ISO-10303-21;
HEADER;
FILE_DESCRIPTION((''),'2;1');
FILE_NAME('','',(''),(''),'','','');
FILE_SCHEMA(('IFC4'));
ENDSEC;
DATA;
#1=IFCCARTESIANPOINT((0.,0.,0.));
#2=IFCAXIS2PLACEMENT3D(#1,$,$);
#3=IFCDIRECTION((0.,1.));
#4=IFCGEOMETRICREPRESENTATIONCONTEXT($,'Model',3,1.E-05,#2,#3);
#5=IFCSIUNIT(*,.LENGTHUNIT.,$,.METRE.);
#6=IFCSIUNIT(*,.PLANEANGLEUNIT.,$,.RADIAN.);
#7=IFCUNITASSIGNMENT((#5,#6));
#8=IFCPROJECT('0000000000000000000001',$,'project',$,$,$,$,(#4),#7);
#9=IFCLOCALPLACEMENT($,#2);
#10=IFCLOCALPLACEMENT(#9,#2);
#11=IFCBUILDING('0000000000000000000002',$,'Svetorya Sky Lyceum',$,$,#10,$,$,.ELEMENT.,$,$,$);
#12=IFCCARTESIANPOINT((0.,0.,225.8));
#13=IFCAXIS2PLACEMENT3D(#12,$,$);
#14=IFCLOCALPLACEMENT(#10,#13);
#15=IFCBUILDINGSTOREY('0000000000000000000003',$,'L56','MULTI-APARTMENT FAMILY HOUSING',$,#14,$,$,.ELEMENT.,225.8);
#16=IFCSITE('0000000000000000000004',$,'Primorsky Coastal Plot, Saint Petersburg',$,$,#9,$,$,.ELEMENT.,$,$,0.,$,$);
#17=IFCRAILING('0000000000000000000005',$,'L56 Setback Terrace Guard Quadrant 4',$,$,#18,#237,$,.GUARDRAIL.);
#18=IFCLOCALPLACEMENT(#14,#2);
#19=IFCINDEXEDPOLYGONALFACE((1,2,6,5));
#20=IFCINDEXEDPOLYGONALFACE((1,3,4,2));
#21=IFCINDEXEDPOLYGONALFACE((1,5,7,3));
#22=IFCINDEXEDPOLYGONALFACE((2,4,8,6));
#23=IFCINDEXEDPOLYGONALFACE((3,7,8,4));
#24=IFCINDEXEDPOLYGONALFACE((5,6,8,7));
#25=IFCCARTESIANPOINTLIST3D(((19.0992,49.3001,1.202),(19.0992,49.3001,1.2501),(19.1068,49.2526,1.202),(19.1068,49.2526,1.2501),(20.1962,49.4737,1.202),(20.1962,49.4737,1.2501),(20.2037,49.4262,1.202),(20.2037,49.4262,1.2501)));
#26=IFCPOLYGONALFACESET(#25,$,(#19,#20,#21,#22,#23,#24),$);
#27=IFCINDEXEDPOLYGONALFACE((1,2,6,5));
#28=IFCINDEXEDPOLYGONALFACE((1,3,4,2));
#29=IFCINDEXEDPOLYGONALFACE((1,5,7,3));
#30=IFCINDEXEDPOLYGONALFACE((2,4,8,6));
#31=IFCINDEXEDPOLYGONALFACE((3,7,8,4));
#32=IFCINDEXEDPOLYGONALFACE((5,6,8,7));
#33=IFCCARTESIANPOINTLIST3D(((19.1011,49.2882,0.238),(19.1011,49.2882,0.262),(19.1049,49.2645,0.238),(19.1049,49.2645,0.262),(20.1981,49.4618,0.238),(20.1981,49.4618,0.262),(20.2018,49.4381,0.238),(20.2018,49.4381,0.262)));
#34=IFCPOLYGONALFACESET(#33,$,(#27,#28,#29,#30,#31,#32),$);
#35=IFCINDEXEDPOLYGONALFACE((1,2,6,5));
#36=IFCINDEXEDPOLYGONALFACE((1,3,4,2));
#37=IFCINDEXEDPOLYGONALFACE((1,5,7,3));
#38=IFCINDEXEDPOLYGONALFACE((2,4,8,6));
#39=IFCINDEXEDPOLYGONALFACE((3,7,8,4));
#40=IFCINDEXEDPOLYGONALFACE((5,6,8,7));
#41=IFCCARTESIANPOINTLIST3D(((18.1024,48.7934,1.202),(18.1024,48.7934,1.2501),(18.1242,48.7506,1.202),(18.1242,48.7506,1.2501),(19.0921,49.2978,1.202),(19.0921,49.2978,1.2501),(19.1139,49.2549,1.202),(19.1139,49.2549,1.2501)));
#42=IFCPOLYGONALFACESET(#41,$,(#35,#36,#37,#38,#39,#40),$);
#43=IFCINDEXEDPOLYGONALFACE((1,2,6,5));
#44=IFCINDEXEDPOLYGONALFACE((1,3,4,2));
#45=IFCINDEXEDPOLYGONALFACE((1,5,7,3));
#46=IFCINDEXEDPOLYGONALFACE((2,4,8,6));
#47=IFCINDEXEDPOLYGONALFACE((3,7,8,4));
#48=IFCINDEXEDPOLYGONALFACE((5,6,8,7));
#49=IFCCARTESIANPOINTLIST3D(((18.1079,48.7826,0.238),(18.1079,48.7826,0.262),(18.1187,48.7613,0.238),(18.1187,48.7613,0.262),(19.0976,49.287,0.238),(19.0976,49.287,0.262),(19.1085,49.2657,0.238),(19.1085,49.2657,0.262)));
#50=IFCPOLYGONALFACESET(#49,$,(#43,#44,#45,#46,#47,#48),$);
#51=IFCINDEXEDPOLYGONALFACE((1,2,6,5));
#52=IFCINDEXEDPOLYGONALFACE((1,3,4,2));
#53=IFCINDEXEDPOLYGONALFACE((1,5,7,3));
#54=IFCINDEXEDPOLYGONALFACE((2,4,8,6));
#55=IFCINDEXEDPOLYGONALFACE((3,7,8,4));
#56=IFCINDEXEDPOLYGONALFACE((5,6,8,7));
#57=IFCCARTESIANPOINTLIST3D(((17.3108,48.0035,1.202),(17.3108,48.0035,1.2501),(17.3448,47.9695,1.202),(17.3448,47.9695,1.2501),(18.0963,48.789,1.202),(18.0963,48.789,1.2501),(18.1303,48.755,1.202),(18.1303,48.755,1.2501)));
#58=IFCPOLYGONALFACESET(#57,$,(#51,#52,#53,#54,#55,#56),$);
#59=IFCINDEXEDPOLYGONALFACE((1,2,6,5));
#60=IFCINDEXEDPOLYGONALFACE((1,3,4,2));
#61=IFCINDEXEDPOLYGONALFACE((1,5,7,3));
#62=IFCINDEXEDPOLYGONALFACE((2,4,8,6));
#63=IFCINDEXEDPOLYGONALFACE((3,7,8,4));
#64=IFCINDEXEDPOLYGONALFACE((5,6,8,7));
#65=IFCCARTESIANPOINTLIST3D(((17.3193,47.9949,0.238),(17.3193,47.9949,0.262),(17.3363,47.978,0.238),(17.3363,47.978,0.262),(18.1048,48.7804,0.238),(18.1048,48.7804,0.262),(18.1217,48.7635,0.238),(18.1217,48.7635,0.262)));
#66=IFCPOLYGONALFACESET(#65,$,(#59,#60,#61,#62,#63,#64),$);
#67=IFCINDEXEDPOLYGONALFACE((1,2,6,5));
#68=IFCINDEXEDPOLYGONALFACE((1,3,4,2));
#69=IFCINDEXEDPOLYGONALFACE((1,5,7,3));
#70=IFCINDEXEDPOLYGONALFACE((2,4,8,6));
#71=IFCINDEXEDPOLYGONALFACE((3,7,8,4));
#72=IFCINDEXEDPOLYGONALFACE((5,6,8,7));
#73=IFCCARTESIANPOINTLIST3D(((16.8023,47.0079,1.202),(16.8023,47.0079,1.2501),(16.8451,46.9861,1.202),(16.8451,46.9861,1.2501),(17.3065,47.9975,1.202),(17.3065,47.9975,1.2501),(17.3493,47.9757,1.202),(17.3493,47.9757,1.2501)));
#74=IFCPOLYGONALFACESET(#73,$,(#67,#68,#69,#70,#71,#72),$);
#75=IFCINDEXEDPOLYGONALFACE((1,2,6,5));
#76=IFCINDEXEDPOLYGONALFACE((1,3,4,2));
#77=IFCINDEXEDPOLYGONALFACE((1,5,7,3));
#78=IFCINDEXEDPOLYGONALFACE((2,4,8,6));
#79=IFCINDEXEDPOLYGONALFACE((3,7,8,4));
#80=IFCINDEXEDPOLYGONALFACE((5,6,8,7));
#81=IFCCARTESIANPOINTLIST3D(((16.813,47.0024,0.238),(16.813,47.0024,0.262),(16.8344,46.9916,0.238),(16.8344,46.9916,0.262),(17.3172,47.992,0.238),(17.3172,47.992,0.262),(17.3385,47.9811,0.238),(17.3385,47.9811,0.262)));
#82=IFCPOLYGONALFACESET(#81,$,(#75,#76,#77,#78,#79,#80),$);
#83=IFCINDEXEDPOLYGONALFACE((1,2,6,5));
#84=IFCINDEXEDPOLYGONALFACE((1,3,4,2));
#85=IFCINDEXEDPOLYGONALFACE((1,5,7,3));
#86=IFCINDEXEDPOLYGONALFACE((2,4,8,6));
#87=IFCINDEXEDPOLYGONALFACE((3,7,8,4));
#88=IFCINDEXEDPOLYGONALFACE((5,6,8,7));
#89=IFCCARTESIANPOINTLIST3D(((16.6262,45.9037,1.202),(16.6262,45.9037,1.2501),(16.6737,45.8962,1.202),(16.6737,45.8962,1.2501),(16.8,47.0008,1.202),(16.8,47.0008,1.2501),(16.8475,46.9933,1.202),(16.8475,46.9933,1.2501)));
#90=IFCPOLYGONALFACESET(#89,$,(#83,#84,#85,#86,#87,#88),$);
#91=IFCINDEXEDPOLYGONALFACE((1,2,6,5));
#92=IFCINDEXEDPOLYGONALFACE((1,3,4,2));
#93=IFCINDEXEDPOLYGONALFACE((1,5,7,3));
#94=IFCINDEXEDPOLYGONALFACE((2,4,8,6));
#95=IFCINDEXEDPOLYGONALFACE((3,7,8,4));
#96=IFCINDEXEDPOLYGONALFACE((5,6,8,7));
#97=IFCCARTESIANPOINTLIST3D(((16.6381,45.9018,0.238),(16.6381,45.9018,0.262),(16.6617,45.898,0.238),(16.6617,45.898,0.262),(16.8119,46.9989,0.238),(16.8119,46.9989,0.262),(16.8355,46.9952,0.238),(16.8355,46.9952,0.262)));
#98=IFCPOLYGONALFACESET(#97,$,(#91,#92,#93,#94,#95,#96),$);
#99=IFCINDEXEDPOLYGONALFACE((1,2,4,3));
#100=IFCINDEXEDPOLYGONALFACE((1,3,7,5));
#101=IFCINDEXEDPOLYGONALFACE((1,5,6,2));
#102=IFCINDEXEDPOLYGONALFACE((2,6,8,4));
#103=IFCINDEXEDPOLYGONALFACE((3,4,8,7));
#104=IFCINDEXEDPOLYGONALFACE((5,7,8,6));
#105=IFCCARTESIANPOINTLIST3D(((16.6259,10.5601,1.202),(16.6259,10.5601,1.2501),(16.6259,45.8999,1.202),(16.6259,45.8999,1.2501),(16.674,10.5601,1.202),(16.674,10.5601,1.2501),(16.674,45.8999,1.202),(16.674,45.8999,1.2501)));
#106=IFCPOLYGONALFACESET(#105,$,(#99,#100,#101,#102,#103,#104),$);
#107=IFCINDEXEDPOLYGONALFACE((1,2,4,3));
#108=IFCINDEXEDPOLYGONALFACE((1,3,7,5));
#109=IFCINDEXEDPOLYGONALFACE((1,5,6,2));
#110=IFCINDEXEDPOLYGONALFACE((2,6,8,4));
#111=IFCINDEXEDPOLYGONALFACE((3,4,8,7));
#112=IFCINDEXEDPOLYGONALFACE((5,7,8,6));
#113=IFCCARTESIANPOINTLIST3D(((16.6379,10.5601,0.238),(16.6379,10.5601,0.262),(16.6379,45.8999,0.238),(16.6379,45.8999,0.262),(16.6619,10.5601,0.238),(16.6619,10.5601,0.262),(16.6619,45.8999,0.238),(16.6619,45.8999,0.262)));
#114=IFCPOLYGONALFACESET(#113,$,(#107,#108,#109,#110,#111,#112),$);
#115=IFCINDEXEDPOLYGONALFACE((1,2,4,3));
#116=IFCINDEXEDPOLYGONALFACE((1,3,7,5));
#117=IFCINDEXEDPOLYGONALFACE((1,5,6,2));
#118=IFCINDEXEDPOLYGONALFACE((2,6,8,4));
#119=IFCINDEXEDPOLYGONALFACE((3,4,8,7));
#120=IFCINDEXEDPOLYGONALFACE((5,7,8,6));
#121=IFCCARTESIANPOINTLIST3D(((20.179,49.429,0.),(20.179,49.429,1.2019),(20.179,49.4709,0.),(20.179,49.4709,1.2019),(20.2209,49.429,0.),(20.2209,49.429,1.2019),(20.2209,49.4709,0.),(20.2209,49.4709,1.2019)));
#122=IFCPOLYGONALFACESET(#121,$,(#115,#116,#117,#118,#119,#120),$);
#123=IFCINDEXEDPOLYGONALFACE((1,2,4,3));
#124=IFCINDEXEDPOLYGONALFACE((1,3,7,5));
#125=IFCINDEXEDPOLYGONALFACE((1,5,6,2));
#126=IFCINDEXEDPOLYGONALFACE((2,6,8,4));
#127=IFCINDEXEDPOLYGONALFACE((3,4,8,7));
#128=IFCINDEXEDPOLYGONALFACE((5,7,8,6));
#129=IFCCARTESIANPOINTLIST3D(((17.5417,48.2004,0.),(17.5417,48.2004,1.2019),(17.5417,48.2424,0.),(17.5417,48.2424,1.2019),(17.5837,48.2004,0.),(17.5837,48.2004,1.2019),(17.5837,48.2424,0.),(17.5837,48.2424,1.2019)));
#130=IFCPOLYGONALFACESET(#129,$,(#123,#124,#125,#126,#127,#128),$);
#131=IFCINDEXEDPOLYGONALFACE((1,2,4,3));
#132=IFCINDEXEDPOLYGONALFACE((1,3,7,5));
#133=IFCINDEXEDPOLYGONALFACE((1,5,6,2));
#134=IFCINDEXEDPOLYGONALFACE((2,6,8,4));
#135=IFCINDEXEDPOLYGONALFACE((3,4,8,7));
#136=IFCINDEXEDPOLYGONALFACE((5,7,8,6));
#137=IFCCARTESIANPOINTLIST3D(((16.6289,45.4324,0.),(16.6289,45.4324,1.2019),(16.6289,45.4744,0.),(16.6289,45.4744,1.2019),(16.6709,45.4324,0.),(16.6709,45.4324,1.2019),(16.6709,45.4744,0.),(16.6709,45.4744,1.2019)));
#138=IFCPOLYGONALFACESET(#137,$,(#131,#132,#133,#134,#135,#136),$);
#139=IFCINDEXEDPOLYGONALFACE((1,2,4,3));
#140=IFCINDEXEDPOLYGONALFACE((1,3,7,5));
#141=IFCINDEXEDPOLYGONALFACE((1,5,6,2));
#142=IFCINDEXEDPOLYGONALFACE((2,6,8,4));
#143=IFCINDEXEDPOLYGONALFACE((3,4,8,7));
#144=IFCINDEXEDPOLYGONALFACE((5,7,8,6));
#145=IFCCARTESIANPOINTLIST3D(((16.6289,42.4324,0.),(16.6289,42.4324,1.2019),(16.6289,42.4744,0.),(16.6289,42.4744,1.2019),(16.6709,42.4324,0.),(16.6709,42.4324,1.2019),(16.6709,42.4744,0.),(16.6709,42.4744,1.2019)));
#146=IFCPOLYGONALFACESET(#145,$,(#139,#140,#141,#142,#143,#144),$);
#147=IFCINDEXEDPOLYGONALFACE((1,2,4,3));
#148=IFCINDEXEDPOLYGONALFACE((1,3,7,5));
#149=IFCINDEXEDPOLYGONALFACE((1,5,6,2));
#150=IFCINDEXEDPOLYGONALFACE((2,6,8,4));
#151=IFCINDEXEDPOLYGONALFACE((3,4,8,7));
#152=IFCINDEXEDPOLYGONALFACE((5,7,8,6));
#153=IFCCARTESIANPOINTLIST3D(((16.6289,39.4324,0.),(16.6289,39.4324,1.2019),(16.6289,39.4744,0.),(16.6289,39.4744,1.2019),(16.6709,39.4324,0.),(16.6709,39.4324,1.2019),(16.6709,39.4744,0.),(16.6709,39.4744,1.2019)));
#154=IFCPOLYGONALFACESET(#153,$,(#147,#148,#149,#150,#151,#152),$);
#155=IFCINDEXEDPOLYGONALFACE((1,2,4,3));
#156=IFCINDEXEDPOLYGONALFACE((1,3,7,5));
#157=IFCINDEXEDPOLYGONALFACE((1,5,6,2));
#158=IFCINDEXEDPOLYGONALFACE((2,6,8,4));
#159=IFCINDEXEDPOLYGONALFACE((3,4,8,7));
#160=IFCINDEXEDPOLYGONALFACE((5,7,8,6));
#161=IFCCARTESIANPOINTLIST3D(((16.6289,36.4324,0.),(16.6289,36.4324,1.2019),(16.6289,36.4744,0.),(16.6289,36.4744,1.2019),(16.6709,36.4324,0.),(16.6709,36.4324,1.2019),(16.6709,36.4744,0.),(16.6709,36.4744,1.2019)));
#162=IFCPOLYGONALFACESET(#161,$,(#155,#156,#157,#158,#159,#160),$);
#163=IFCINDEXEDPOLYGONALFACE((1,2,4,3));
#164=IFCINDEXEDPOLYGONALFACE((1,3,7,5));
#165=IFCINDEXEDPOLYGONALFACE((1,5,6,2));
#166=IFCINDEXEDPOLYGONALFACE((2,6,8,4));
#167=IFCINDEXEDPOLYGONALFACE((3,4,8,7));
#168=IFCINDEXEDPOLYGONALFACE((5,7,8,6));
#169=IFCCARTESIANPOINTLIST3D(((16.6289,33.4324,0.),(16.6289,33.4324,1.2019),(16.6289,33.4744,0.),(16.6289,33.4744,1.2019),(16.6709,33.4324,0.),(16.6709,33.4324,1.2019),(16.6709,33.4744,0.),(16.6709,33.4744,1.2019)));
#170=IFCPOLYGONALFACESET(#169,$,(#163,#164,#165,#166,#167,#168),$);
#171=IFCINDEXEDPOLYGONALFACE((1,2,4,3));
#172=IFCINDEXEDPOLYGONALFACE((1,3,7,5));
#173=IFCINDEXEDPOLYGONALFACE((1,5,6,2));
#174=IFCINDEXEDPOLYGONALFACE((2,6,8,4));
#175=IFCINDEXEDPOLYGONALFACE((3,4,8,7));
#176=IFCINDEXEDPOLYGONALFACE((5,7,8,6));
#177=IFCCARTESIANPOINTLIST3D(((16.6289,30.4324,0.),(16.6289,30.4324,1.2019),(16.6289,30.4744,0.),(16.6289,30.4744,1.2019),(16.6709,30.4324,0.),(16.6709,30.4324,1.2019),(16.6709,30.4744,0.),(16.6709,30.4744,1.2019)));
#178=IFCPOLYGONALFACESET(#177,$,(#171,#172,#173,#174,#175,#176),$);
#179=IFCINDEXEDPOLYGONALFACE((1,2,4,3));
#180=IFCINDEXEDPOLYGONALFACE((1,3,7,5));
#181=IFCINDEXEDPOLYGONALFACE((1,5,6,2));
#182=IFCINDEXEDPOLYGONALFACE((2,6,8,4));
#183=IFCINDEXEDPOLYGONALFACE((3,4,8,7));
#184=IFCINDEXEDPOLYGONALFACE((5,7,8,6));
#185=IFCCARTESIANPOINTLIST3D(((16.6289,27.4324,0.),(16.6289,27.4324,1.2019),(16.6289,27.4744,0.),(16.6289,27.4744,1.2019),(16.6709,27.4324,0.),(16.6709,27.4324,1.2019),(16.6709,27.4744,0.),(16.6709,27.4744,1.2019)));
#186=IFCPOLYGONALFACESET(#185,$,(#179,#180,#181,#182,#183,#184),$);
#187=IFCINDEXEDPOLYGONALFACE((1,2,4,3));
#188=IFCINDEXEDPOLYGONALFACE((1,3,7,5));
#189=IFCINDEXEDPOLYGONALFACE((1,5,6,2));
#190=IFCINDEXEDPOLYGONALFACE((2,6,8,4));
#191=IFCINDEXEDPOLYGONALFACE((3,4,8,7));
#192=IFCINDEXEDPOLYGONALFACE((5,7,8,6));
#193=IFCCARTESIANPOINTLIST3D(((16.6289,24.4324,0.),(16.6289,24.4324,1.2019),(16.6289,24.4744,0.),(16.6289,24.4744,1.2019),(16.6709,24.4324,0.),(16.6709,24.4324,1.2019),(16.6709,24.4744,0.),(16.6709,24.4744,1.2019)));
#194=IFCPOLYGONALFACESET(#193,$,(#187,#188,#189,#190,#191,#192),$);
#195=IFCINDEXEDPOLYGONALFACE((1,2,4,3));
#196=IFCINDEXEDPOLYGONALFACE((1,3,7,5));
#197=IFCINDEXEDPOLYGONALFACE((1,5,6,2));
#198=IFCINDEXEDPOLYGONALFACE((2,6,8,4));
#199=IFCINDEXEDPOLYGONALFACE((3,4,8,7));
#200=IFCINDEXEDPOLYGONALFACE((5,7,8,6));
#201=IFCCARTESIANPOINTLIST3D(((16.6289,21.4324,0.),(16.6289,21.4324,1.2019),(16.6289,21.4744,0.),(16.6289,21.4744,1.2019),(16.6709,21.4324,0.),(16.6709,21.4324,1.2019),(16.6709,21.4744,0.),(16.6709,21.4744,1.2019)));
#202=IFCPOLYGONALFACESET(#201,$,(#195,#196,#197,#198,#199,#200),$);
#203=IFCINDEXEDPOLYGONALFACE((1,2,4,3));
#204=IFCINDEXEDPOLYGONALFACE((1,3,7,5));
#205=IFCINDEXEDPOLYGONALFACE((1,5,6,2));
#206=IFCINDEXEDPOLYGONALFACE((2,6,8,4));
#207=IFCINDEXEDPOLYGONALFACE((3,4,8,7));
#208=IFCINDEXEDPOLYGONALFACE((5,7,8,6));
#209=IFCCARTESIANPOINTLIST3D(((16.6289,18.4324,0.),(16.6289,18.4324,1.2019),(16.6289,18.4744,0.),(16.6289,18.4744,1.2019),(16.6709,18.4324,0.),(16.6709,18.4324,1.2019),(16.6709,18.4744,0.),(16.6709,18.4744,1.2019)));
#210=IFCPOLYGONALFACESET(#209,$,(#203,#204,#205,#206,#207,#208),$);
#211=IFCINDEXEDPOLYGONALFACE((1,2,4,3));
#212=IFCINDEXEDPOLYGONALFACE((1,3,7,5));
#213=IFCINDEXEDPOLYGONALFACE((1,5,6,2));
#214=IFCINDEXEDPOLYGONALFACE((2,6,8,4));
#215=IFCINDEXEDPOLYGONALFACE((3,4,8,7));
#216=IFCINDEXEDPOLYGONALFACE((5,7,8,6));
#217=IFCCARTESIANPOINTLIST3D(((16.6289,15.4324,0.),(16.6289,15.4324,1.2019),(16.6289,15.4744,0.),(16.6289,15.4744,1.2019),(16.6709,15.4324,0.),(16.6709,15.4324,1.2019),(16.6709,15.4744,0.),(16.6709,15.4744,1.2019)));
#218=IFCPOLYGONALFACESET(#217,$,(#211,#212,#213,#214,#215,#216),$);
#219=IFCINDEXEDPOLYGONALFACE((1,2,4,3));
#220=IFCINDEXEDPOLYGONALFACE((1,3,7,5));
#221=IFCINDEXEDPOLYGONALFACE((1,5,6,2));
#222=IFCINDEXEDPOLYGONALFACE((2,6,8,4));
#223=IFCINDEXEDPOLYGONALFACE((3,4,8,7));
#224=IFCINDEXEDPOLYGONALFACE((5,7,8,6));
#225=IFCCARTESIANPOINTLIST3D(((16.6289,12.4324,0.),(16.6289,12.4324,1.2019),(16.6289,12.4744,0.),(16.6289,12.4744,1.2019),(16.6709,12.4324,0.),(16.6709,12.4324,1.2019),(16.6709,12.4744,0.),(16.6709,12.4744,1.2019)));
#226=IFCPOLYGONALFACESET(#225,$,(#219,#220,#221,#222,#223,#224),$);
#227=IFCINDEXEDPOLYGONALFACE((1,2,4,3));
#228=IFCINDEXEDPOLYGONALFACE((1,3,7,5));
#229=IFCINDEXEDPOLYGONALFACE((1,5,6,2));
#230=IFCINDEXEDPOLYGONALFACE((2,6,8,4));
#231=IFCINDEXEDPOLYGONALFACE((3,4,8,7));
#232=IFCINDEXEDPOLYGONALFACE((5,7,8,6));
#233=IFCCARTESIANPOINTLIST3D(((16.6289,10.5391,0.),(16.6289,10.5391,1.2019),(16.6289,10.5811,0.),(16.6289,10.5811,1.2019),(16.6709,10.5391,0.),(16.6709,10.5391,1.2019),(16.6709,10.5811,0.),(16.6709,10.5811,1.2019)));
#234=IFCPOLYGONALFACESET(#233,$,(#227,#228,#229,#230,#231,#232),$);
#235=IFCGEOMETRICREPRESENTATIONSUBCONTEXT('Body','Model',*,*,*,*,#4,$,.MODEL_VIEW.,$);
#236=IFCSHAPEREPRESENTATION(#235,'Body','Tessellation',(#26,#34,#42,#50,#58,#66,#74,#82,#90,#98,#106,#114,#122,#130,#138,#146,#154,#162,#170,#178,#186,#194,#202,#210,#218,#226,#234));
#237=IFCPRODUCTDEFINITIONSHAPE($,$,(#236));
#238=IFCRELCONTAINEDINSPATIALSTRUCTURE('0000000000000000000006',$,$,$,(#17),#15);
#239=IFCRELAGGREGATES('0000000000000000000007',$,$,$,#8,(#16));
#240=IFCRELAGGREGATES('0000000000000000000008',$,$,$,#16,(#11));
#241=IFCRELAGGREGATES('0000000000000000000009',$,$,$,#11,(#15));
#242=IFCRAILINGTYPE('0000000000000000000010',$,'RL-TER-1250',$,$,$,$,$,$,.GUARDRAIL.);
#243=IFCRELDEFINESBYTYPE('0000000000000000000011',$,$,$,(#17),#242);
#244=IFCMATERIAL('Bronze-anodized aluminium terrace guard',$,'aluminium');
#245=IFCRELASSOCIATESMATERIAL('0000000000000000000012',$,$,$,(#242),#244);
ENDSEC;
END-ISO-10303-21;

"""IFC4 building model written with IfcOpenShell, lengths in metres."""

from ifc_helpers import new_model, si_unit, direction, frame, origin, origin_2d, place, context, subcontext, project, spatial, rectangle, extrude, material, type_object, element, save


model = new_model("IFC4")

# Units and contexts
model_context = context("Model", 3, precision=1e-05, world=origin(), true_north=direction((0.0, 1.0)))
body_context = subcontext(model_context, "Body", "Model", "MODEL_VIEW")
ifc_project = project(units=[si_unit("LENGTHUNIT", "METRE"), si_unit("PLANEANGLEUNIT", "RADIAN")], contexts=[model_context])

# Site, building, storey
site_placement = place(None, origin())
site = spatial("IfcSite", under=ifc_project, at=site_placement, Name="Primorsky Coastal Plot, Saint Petersburg", CompositionType="ELEMENT", RefElevation=0.0)
building_placement = place(site_placement, origin())
building = spatial("IfcBuilding", under=site, at=building_placement, Name="Svetorya Sky Lyceum", CompositionType="ELEMENT")
storey_placement = place(building_placement, frame((0.0, 0.0, 225.8)))
storey = spatial("IfcBuildingStorey", under=building, at=storey_placement, Name="L56", Description="MULTI-APARTMENT FAMILY HOUSING", CompositionType="ELEMENT", Elevation=225.8)

# Railing
ifc_material_1 = material(Name="Bronze-anodized aluminium terrace guard", Category="aluminium")
railing_type_1 = type_object("IfcRailingType", Name="RL-TER-1250", PredefinedType="GUARDRAIL", material=ifc_material_1)
railing_1_placement = place(storey_placement, frame((20.2, 49.45, 0.0)))
element("IfcRailing", 1, at=railing_1_placement, inside=storey, type_object=railing_type_1, Name="L56 Setback Terrace Guard Quadrant 4", PredefinedType="GUARDRAIL", context=body_context, shape_type="SweptSolid", body=[
    extrude(rectangle(XDim=0.0481, YDim=0.0481, at=origin_2d()), frame((0.0, 0.0, 1.2261), z_axis=(-0.987709, -0.156301, 0.0), x_axis=(0.156301, -0.987709, 0.0)), (0.0, 0.0, 1.0), 1.1106),
    extrude(rectangle(XDim=0.0239, YDim=0.0239, at=origin_2d()), frame((0.0, 0.0, 0.25), z_axis=(-0.987709, -0.156301, 0.0), x_axis=(0.156301, -0.987709, 0.0)), (0.0, 0.0, 1.0), 1.1106),
    extrude(rectangle(XDim=0.0481, YDim=0.0481, at=origin_2d()), frame((-1.0969, -0.1736, 1.2261), z_axis=(-0.890972, -0.454057, 0.0), x_axis=(0.454057, -0.890972, 0.0)), (0.0, 0.0, 1.0), 1.1108),
    extrude(rectangle(XDim=0.0239, YDim=0.0239, at=origin_2d()), frame((-1.0969, -0.1736, 0.25), z_axis=(-0.890972, -0.454057, 0.0), x_axis=(0.454057, -0.890972, 0.0)), (0.0, 0.0, 1.0), 1.1108),
    extrude(rectangle(XDim=0.0481, YDim=0.0481, at=origin_2d()), frame((-2.0867, -0.678, 1.2261), z_axis=(-0.707107, -0.707107, 0.0), x_axis=(0.707107, -0.707107, 0.0)), (0.0, 0.0, 1.0), 1.1108),
    extrude(rectangle(XDim=0.0239, YDim=0.0239, at=origin_2d()), frame((-2.0867, -0.678, 0.25), z_axis=(-0.707107, -0.707107, 0.0), x_axis=(0.707107, -0.707107, 0.0)), (0.0, 0.0, 1.0), 1.1108),
    extrude(rectangle(XDim=0.0481, YDim=0.0481, at=origin_2d()), frame((-2.8721, -1.4634, 1.2261), z_axis=(-0.453972, -0.891016, 0.0), x_axis=(0.891016, -0.453972, 0.0)), (0.0, 0.0, 1.0), 1.1106),
    extrude(rectangle(XDim=0.0239, YDim=0.0239, at=origin_2d()), frame((-2.8721, -1.4634, 0.25), z_axis=(-0.453972, -0.891016, 0.0), x_axis=(0.891016, -0.453972, 0.0)), (0.0, 0.0, 1.0), 1.1106),
    extrude(rectangle(XDim=0.0481, YDim=0.0481, at=origin_2d()), frame((-3.3762, -2.4529, 1.2261), z_axis=(-0.156482, -0.987681, 0.0), x_axis=(0.987681, -0.156482, 0.0)), (0.0, 0.0, 1.0), 1.1108),
    extrude(rectangle(XDim=0.0239, YDim=0.0239, at=origin_2d()), frame((-3.3762, -2.4529, 0.25), z_axis=(-0.156482, -0.987681, 0.0), x_axis=(0.987681, -0.156482, 0.0)), (0.0, 0.0, 1.0), 1.1108),
    extrude(rectangle(XDim=0.0481, YDim=0.0481, at=origin_2d()), frame((-3.55, -3.55, 1.2261), z_axis=(0.0, -1.0, 0.0), x_axis=(1.0, 0.0, 0.0)), (0.0, 0.0, 1.0), 35.3398),
    extrude(rectangle(XDim=0.0239, YDim=0.0239, at=origin_2d()), frame((-3.55, -3.55, 0.25), z_axis=(0.0, -1.0, 0.0), x_axis=(1.0, 0.0, 0.0)), (0.0, 0.0, 1.0), 35.3398),
    extrude(rectangle(XDim=0.042, YDim=0.042, at=origin_2d()), origin(), (0.0, 0.0, 1.0), 1.2019),
    extrude(rectangle(XDim=0.042, YDim=0.042, at=origin_2d()), frame((-2.6372, -1.2285, 0.0)), (0.0, 0.0, 1.0), 1.2019),
    extrude(rectangle(XDim=0.042, YDim=0.042, at=origin_2d()), frame((-3.55, -3.9966, 0.0)), (0.0, 0.0, 1.0), 1.2019),
    extrude(rectangle(XDim=0.042, YDim=0.042, at=origin_2d()), frame((-3.55, -6.9966, 0.0)), (0.0, 0.0, 1.0), 1.2019),
    extrude(rectangle(XDim=0.042, YDim=0.042, at=origin_2d()), frame((-3.55, -9.9966, 0.0)), (0.0, 0.0, 1.0), 1.2019),
    extrude(rectangle(XDim=0.042, YDim=0.042, at=origin_2d()), frame((-3.55, -12.9966, 0.0)), (0.0, 0.0, 1.0), 1.2019),
    extrude(rectangle(XDim=0.042, YDim=0.042, at=origin_2d()), frame((-3.55, -15.9966, 0.0)), (0.0, 0.0, 1.0), 1.2019),
    extrude(rectangle(XDim=0.042, YDim=0.042, at=origin_2d()), frame((-3.55, -18.9966, 0.0)), (0.0, 0.0, 1.0), 1.2019),
    extrude(rectangle(XDim=0.042, YDim=0.042, at=origin_2d()), frame((-3.55, -21.9966, 0.0)), (0.0, 0.0, 1.0), 1.2019),
    extrude(rectangle(XDim=0.042, YDim=0.042, at=origin_2d()), frame((-3.55, -24.9966, 0.0)), (0.0, 0.0, 1.0), 1.2019),
    extrude(rectangle(XDim=0.042, YDim=0.042, at=origin_2d()), frame((-3.55, -27.9966, 0.0)), (0.0, 0.0, 1.0), 1.2019),
    extrude(rectangle(XDim=0.042, YDim=0.042, at=origin_2d()), frame((-3.55, -30.9966, 0.0)), (0.0, 0.0, 1.0), 1.2019),
    extrude(rectangle(XDim=0.042, YDim=0.042, at=origin_2d()), frame((-3.55, -33.9966, 0.0)), (0.0, 0.0, 1.0), 1.2019),
    extrude(rectangle(XDim=0.042, YDim=0.042, at=origin_2d()), frame((-3.55, -36.9966, 0.0)), (0.0, 0.0, 1.0), 1.2019),
    extrude(rectangle(XDim=0.042, YDim=0.042, at=origin_2d()), frame((-3.55, -38.8899, 0.0)), (0.0, 0.0, 1.0), 1.2019),
])

save(model, "model.ifc")
